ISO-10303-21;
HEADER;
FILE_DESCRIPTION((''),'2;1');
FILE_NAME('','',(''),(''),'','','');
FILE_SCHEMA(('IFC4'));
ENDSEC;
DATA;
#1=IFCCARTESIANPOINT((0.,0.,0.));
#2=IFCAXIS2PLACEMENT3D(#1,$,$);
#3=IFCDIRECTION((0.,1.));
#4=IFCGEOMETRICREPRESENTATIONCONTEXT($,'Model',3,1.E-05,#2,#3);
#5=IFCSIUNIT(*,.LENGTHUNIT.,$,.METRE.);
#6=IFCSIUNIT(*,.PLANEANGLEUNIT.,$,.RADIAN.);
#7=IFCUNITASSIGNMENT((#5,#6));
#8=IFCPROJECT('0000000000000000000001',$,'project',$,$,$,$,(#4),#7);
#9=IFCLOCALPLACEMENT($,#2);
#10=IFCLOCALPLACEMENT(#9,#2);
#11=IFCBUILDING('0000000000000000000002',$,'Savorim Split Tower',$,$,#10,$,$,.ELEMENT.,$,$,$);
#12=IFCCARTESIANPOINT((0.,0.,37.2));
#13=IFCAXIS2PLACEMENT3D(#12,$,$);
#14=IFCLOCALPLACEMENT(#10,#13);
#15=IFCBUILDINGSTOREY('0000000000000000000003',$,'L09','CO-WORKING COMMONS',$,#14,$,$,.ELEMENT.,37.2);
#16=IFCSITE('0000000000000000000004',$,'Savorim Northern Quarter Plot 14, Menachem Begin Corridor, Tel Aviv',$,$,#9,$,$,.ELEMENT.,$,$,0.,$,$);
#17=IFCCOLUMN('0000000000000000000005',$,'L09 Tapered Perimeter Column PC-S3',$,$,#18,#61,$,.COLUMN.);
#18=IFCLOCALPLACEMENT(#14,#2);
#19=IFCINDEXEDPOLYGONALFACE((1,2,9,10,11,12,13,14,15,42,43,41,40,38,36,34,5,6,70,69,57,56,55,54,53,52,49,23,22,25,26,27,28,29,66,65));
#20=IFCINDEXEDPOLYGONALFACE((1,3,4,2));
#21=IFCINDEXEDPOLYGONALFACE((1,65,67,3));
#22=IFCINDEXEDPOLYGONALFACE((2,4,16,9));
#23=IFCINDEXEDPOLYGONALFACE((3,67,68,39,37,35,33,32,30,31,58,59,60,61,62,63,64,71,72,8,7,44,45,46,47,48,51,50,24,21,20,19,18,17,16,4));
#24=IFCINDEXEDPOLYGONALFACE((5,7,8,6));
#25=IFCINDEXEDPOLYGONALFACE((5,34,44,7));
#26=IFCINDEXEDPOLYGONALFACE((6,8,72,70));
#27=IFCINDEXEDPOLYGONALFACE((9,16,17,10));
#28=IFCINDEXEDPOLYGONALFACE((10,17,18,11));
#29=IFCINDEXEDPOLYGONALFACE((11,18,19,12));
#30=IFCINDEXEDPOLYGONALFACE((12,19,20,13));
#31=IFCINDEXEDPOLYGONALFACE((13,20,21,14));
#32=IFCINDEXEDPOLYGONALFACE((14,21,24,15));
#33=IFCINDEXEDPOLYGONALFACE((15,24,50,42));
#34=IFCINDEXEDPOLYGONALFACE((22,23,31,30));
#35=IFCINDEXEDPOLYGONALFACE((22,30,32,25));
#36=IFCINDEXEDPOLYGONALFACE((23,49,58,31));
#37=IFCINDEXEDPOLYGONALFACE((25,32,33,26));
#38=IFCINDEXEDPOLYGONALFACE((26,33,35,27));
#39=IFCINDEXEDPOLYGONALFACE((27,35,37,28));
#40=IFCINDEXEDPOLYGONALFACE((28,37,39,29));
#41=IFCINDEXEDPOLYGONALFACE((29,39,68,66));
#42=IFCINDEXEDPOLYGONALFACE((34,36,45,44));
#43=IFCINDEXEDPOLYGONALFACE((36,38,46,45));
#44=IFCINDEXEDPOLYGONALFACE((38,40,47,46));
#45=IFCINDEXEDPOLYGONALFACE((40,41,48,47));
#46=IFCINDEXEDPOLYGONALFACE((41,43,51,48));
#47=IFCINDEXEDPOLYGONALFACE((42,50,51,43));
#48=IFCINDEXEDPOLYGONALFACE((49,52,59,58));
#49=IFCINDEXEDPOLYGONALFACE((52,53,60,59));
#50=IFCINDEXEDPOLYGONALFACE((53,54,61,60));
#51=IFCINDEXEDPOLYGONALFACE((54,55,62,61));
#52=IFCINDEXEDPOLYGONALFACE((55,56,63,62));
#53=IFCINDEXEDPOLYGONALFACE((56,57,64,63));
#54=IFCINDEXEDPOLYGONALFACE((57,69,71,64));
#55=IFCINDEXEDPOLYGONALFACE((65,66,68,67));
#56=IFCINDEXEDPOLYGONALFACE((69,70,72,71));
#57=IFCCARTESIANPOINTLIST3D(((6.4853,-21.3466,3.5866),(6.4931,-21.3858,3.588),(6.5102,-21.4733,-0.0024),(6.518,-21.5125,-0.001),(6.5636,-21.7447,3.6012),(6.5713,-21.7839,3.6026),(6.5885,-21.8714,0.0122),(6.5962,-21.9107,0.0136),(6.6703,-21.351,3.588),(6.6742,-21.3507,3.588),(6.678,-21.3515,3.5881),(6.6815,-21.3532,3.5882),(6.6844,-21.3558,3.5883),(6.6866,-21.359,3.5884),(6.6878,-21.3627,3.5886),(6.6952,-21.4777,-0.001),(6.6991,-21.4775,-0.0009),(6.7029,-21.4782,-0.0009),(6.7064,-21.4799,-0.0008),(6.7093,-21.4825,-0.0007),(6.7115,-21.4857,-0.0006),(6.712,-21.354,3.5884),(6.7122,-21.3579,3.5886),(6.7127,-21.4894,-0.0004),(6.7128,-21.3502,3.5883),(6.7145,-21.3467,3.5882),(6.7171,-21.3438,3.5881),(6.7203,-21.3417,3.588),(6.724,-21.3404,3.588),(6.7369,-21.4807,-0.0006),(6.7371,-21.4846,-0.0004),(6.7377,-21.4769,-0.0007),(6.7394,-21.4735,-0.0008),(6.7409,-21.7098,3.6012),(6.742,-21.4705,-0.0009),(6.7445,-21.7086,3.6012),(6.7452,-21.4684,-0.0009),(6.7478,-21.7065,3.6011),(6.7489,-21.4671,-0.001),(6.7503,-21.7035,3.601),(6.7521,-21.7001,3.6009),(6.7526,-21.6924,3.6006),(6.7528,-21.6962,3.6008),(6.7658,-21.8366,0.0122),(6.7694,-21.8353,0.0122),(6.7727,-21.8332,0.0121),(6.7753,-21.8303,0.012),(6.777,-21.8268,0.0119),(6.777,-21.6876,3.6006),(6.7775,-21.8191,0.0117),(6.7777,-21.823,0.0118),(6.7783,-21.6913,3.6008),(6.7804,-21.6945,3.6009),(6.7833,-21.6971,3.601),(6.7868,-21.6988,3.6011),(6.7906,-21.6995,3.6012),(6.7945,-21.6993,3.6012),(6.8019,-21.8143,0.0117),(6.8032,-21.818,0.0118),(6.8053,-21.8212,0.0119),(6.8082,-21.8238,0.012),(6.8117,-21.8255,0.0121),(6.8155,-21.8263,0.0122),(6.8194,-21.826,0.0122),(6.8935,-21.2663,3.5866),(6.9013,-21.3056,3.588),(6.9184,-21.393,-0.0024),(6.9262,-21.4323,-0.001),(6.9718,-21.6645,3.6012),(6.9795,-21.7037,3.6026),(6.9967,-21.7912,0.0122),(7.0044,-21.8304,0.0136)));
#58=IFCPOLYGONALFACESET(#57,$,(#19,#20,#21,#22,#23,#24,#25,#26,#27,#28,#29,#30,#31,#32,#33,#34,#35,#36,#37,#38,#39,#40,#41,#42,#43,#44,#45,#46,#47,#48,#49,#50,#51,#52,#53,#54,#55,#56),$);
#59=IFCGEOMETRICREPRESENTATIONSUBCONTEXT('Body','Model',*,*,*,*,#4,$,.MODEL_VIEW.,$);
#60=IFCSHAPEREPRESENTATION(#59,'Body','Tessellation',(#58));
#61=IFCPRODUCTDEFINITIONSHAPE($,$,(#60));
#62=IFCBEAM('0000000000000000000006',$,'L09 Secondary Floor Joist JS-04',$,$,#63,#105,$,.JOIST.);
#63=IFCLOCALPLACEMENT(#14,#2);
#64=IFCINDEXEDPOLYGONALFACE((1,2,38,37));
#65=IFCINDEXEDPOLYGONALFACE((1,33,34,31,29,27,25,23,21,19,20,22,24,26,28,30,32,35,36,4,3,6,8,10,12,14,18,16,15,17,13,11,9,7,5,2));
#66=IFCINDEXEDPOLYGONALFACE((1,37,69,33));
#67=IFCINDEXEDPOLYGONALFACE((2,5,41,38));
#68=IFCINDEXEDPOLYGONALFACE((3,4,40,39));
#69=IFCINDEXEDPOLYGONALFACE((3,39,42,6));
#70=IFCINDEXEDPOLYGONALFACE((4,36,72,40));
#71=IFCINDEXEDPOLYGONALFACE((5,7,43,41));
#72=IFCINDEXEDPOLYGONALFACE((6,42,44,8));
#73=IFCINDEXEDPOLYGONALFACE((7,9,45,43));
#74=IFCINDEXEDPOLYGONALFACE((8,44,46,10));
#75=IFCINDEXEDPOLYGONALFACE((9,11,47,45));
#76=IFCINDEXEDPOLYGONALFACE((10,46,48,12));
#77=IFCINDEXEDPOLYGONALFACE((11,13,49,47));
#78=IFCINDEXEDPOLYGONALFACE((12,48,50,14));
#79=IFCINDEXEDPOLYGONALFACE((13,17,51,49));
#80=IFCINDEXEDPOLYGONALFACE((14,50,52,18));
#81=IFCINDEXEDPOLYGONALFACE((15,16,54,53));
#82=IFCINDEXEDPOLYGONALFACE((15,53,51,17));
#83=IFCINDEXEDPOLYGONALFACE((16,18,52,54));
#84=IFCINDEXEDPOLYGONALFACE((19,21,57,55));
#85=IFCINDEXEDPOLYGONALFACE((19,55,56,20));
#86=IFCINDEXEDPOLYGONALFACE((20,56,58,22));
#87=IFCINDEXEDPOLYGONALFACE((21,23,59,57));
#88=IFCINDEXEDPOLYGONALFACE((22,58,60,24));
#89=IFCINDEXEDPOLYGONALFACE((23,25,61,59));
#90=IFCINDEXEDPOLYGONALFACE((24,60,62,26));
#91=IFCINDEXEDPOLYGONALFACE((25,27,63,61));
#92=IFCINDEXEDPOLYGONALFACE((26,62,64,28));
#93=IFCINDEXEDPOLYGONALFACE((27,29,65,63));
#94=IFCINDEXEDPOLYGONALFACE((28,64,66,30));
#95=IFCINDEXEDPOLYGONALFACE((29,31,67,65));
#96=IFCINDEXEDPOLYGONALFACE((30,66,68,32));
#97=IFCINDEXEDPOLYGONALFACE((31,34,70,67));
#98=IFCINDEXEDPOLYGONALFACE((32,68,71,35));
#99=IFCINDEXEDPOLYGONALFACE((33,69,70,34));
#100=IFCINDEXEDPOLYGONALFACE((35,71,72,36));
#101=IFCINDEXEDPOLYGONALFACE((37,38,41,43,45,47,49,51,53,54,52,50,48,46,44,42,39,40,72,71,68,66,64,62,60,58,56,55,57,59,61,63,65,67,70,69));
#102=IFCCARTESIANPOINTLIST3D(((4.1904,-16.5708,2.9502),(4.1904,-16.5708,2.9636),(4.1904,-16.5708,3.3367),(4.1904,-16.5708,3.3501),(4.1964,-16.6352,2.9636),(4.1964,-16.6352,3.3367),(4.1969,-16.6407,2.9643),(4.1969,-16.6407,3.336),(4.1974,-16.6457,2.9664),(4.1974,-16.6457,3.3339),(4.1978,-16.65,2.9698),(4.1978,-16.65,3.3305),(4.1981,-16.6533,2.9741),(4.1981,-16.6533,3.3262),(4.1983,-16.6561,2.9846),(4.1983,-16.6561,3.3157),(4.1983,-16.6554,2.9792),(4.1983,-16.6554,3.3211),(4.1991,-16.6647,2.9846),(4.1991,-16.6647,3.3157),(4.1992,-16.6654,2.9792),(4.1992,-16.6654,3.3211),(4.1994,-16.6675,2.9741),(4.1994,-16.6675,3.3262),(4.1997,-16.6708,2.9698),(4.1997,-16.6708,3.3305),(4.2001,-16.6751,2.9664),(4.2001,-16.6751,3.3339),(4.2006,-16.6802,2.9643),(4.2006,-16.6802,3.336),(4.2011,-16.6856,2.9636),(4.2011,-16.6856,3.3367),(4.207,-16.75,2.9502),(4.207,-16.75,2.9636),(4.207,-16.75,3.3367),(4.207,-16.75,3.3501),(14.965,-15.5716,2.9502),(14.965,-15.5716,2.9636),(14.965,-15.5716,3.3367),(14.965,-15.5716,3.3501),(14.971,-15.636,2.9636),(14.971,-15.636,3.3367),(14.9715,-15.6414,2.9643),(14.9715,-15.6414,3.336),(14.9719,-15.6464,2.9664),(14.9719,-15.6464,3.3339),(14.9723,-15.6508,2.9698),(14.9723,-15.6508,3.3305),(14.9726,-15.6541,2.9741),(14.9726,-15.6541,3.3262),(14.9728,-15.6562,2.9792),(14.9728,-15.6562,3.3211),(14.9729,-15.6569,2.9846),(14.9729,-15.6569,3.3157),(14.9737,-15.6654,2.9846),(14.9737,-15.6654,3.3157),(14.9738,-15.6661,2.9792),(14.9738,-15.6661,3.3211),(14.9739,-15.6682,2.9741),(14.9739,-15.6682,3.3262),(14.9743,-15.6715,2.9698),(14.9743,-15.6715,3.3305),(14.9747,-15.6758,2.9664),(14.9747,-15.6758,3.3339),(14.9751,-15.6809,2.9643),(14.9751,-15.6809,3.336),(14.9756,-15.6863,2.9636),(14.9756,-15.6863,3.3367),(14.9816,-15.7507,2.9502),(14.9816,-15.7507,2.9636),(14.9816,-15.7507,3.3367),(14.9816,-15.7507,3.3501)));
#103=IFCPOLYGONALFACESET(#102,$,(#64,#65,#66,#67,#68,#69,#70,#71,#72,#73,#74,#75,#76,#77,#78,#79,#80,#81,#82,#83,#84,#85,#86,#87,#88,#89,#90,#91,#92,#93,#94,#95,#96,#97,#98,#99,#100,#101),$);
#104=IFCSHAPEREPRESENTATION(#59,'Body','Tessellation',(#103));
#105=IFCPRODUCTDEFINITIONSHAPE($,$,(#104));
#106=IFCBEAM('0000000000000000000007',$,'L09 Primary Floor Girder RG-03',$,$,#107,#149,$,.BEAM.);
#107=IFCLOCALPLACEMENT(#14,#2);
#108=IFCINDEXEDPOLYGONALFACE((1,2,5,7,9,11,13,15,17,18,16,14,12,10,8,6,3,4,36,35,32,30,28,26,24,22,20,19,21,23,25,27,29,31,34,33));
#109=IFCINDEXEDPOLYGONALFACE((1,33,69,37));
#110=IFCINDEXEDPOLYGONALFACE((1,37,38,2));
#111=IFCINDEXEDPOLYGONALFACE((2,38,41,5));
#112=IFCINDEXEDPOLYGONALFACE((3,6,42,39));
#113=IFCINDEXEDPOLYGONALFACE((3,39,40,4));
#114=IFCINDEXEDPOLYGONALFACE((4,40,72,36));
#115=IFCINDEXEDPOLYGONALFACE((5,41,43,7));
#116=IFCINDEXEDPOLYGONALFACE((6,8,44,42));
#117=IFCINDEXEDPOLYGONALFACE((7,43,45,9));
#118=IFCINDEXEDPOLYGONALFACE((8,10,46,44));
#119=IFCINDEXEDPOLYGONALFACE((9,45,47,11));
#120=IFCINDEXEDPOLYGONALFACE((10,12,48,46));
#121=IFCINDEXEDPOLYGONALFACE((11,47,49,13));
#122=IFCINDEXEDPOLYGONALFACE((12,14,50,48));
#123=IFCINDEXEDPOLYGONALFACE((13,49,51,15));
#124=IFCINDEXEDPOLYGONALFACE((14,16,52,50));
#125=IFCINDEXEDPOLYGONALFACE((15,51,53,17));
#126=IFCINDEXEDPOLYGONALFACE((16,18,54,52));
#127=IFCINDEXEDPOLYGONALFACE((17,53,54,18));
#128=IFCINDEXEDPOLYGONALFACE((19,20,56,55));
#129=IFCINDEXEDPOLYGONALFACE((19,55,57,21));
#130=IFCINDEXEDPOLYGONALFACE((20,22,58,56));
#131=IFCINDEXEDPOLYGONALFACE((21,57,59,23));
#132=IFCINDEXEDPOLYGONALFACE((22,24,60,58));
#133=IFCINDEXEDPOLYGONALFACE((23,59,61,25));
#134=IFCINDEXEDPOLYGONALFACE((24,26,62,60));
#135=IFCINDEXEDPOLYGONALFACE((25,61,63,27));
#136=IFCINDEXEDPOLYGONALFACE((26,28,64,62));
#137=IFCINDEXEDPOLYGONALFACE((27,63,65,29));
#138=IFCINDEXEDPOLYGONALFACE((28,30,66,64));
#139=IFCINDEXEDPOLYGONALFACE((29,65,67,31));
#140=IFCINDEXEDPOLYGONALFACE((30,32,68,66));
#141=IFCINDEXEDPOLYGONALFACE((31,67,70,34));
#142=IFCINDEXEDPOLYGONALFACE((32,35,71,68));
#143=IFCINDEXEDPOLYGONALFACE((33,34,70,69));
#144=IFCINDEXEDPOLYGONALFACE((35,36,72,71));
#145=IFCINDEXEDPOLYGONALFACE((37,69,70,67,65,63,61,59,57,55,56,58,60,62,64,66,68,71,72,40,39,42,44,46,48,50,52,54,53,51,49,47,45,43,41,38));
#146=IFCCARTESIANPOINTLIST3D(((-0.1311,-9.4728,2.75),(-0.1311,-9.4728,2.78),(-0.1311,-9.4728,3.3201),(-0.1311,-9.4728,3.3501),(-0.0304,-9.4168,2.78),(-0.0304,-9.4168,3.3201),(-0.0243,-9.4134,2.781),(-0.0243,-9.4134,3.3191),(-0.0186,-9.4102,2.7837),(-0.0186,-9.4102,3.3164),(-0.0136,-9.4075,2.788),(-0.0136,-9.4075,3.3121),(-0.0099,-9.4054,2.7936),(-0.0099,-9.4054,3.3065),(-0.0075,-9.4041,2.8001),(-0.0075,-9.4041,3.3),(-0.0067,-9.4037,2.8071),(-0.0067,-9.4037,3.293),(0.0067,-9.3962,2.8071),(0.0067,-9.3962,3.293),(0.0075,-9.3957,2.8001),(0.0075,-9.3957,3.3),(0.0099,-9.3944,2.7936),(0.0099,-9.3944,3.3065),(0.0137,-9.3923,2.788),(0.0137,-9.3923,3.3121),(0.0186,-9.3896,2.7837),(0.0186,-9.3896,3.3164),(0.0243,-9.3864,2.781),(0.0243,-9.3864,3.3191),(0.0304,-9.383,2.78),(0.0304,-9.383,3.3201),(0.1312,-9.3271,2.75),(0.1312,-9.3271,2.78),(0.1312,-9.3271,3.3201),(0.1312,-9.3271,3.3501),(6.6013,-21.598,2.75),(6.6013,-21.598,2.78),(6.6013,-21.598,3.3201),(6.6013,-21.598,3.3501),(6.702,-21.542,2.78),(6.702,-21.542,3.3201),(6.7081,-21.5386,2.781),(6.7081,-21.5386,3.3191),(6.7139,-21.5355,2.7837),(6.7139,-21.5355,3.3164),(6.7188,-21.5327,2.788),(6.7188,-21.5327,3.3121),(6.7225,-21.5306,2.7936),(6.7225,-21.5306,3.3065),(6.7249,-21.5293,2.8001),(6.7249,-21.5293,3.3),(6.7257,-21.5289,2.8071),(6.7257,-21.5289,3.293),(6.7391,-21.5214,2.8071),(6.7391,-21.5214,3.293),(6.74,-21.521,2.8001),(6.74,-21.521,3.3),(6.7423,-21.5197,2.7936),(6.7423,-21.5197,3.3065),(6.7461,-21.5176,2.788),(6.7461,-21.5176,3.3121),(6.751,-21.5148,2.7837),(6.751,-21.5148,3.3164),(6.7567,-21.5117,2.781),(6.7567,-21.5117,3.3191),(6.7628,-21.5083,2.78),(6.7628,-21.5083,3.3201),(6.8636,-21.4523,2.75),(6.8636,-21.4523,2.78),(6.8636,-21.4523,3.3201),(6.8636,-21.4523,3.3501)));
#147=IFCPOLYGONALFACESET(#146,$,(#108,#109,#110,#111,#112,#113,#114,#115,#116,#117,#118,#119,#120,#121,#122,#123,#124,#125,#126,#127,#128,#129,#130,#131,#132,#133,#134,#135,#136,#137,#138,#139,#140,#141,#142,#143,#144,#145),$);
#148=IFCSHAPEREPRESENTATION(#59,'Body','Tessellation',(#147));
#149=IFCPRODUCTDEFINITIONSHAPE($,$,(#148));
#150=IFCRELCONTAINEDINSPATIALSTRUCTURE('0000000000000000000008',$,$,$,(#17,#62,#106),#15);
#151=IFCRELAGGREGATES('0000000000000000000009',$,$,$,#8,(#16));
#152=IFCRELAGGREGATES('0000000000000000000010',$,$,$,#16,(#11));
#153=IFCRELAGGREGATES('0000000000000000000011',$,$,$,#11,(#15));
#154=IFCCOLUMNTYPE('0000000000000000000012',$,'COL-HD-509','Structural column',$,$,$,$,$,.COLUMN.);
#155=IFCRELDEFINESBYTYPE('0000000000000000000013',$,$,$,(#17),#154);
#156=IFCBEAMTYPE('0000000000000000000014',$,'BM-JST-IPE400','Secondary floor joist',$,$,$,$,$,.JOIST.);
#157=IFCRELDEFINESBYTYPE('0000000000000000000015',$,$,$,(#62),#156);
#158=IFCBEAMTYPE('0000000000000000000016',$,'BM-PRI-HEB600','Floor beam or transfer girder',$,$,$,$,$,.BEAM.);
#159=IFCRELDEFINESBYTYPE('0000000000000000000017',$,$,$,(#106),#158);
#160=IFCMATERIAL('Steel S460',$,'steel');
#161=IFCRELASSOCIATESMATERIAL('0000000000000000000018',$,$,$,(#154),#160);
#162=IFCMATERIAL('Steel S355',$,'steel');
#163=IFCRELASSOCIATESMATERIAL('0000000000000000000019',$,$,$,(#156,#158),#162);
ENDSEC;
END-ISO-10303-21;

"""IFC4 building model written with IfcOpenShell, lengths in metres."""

from ifc_helpers import new_model, si_unit, direction, frame, origin, origin_2d, place, context, subcontext, project, spatial, i_section, extrude, material, material_profile, profile_set, type_object, element, save


model = new_model("IFC4")

# Units and contexts
model_context = context("Model", 3, precision=1e-05, world=origin(), true_north=direction((0.0, 1.0)))
body_context = subcontext(model_context, "Body", "Model", "MODEL_VIEW")
ifc_project = project(units=[si_unit("LENGTHUNIT", "METRE"), si_unit("PLANEANGLEUNIT", "RADIAN")], contexts=[model_context])

# Site, building, storey
site_placement = place(None, origin())
site = spatial("IfcSite", under=ifc_project, at=site_placement, Name="Savorim Northern Quarter Plot 14, Menachem Begin Corridor, Tel Aviv", CompositionType="ELEMENT", RefElevation=0.0)
building_placement = place(site_placement, origin())
building = spatial("IfcBuilding", under=site, at=building_placement, Name="Savorim Split Tower", CompositionType="ELEMENT")
storey_placement = place(building_placement, frame((0.0, 0.0, 37.2)))
storey = spatial("IfcBuildingStorey", under=building, at=storey_placement, Name="L09", Description="CO-WORKING COMMONS", CompositionType="ELEMENT", Elevation=37.2)

# Column
ifc_material_1 = material(Name="Steel S460", Category="steel")
ifc_material_profile_1 = material_profile(ifc_material_1, i_section(OverallWidth=0.416, OverallDepth=0.446, WebThickness=0.0249, FlangeThickness=0.04, FilletRadius=0.0149, at=origin_2d()), Name="HD 400x509")
ifc_profile_set_1 = profile_set([ifc_material_profile_1], Name="Steel S460")
column_type = type_object("IfcColumnType", Name="COL-HD-509", Description="Structural column", PredefinedType="COLUMN", material=ifc_profile_set_1)
column_placement = place(storey_placement, frame((6.7573, -21.6519, 0.0056), z_axis=(-0.006934, 0.035283, 0.999353), x_axis=(-0.98123, -0.192843, 0.0)))
element("IfcColumn", 1, at=column_placement, inside=storey, type_object=column_type, Name="L09 Tapered Perimeter Column PC-S3", PredefinedType="COLUMN", context=body_context, shape_type="SweptSolid", body=[
    extrude(i_section(OverallWidth=0.416, OverallDepth=0.446, WebThickness=0.0249, FlangeThickness=0.04, FilletRadius=0.0149, at=origin_2d()), origin(), (0.0, 0.0, 1.0), 3.5913),
])

# Beams
ifc_material_2 = material(Name="Steel S355", Category="steel")
ifc_material_profile_2 = material_profile(ifc_material_2, i_section(OverallWidth=0.1799, OverallDepth=0.3999, WebThickness=0.0085, FlangeThickness=0.0134, FilletRadius=0.021, at=origin_2d()), Name="IPE 400")
ifc_profile_set_2 = profile_set([ifc_material_profile_2], Name="Steel S355")
beam_type_1 = type_object("IfcBeamType", Name="BM-JST-IPE400", Description="Secondary floor joist", PredefinedType="JOIST", material=ifc_profile_set_2)
beam_1_placement = place(storey_placement, frame((4.1987, -16.6604, 3.1501), z_axis=(0.995727, 0.092346, 0.0), x_axis=(-0.092346, 0.995727, 0.0)))
element("IfcBeam", 2, at=beam_1_placement, inside=storey, type_object=beam_type_1, Name="L09 Secondary Floor Joist JS-04", PredefinedType="JOIST", context=body_context, shape_type="SweptSolid", body=[
    extrude(i_section(OverallWidth=0.1799, OverallDepth=0.3999, WebThickness=0.0085, FlangeThickness=0.0134, FilletRadius=0.021, at=origin_2d()), origin(), (0.0, 0.0, 1.0), 10.8208),
])
ifc_material_profile_3 = material_profile(ifc_material_2, i_section(OverallWidth=0.3, OverallDepth=0.6001, WebThickness=0.0154, FlangeThickness=0.03, FilletRadius=0.0271, at=origin_2d()), Name="HEB 600")
ifc_profile_set_3 = profile_set([ifc_material_profile_3], Name="Steel S355")
beam_type_2 = type_object("IfcBeamType", Name="BM-PRI-HEB600", Description="Floor beam or transfer girder", PredefinedType="BEAM", material=ifc_profile_set_3)
beam_2_placement = place(storey_placement, frame((6.7324, -21.5251, 3.05), z_axis=(-0.485432, 0.874274, 0.0), x_axis=(-0.874274, -0.485432, 0.0)))
element("IfcBeam", 3, at=beam_2_placement, inside=storey, type_object=beam_type_2, Name="L09 Primary Floor Girder RG-03", PredefinedType="BEAM", context=body_context, shape_type="SweptSolid", body=[
    extrude(i_section(OverallWidth=0.3, OverallDepth=0.6001, WebThickness=0.0154, FlangeThickness=0.03, FilletRadius=0.0271, at=origin_2d()), origin(), (0.0, 0.0, 1.0), 13.8689),
])

save(model, "model.ifc")
